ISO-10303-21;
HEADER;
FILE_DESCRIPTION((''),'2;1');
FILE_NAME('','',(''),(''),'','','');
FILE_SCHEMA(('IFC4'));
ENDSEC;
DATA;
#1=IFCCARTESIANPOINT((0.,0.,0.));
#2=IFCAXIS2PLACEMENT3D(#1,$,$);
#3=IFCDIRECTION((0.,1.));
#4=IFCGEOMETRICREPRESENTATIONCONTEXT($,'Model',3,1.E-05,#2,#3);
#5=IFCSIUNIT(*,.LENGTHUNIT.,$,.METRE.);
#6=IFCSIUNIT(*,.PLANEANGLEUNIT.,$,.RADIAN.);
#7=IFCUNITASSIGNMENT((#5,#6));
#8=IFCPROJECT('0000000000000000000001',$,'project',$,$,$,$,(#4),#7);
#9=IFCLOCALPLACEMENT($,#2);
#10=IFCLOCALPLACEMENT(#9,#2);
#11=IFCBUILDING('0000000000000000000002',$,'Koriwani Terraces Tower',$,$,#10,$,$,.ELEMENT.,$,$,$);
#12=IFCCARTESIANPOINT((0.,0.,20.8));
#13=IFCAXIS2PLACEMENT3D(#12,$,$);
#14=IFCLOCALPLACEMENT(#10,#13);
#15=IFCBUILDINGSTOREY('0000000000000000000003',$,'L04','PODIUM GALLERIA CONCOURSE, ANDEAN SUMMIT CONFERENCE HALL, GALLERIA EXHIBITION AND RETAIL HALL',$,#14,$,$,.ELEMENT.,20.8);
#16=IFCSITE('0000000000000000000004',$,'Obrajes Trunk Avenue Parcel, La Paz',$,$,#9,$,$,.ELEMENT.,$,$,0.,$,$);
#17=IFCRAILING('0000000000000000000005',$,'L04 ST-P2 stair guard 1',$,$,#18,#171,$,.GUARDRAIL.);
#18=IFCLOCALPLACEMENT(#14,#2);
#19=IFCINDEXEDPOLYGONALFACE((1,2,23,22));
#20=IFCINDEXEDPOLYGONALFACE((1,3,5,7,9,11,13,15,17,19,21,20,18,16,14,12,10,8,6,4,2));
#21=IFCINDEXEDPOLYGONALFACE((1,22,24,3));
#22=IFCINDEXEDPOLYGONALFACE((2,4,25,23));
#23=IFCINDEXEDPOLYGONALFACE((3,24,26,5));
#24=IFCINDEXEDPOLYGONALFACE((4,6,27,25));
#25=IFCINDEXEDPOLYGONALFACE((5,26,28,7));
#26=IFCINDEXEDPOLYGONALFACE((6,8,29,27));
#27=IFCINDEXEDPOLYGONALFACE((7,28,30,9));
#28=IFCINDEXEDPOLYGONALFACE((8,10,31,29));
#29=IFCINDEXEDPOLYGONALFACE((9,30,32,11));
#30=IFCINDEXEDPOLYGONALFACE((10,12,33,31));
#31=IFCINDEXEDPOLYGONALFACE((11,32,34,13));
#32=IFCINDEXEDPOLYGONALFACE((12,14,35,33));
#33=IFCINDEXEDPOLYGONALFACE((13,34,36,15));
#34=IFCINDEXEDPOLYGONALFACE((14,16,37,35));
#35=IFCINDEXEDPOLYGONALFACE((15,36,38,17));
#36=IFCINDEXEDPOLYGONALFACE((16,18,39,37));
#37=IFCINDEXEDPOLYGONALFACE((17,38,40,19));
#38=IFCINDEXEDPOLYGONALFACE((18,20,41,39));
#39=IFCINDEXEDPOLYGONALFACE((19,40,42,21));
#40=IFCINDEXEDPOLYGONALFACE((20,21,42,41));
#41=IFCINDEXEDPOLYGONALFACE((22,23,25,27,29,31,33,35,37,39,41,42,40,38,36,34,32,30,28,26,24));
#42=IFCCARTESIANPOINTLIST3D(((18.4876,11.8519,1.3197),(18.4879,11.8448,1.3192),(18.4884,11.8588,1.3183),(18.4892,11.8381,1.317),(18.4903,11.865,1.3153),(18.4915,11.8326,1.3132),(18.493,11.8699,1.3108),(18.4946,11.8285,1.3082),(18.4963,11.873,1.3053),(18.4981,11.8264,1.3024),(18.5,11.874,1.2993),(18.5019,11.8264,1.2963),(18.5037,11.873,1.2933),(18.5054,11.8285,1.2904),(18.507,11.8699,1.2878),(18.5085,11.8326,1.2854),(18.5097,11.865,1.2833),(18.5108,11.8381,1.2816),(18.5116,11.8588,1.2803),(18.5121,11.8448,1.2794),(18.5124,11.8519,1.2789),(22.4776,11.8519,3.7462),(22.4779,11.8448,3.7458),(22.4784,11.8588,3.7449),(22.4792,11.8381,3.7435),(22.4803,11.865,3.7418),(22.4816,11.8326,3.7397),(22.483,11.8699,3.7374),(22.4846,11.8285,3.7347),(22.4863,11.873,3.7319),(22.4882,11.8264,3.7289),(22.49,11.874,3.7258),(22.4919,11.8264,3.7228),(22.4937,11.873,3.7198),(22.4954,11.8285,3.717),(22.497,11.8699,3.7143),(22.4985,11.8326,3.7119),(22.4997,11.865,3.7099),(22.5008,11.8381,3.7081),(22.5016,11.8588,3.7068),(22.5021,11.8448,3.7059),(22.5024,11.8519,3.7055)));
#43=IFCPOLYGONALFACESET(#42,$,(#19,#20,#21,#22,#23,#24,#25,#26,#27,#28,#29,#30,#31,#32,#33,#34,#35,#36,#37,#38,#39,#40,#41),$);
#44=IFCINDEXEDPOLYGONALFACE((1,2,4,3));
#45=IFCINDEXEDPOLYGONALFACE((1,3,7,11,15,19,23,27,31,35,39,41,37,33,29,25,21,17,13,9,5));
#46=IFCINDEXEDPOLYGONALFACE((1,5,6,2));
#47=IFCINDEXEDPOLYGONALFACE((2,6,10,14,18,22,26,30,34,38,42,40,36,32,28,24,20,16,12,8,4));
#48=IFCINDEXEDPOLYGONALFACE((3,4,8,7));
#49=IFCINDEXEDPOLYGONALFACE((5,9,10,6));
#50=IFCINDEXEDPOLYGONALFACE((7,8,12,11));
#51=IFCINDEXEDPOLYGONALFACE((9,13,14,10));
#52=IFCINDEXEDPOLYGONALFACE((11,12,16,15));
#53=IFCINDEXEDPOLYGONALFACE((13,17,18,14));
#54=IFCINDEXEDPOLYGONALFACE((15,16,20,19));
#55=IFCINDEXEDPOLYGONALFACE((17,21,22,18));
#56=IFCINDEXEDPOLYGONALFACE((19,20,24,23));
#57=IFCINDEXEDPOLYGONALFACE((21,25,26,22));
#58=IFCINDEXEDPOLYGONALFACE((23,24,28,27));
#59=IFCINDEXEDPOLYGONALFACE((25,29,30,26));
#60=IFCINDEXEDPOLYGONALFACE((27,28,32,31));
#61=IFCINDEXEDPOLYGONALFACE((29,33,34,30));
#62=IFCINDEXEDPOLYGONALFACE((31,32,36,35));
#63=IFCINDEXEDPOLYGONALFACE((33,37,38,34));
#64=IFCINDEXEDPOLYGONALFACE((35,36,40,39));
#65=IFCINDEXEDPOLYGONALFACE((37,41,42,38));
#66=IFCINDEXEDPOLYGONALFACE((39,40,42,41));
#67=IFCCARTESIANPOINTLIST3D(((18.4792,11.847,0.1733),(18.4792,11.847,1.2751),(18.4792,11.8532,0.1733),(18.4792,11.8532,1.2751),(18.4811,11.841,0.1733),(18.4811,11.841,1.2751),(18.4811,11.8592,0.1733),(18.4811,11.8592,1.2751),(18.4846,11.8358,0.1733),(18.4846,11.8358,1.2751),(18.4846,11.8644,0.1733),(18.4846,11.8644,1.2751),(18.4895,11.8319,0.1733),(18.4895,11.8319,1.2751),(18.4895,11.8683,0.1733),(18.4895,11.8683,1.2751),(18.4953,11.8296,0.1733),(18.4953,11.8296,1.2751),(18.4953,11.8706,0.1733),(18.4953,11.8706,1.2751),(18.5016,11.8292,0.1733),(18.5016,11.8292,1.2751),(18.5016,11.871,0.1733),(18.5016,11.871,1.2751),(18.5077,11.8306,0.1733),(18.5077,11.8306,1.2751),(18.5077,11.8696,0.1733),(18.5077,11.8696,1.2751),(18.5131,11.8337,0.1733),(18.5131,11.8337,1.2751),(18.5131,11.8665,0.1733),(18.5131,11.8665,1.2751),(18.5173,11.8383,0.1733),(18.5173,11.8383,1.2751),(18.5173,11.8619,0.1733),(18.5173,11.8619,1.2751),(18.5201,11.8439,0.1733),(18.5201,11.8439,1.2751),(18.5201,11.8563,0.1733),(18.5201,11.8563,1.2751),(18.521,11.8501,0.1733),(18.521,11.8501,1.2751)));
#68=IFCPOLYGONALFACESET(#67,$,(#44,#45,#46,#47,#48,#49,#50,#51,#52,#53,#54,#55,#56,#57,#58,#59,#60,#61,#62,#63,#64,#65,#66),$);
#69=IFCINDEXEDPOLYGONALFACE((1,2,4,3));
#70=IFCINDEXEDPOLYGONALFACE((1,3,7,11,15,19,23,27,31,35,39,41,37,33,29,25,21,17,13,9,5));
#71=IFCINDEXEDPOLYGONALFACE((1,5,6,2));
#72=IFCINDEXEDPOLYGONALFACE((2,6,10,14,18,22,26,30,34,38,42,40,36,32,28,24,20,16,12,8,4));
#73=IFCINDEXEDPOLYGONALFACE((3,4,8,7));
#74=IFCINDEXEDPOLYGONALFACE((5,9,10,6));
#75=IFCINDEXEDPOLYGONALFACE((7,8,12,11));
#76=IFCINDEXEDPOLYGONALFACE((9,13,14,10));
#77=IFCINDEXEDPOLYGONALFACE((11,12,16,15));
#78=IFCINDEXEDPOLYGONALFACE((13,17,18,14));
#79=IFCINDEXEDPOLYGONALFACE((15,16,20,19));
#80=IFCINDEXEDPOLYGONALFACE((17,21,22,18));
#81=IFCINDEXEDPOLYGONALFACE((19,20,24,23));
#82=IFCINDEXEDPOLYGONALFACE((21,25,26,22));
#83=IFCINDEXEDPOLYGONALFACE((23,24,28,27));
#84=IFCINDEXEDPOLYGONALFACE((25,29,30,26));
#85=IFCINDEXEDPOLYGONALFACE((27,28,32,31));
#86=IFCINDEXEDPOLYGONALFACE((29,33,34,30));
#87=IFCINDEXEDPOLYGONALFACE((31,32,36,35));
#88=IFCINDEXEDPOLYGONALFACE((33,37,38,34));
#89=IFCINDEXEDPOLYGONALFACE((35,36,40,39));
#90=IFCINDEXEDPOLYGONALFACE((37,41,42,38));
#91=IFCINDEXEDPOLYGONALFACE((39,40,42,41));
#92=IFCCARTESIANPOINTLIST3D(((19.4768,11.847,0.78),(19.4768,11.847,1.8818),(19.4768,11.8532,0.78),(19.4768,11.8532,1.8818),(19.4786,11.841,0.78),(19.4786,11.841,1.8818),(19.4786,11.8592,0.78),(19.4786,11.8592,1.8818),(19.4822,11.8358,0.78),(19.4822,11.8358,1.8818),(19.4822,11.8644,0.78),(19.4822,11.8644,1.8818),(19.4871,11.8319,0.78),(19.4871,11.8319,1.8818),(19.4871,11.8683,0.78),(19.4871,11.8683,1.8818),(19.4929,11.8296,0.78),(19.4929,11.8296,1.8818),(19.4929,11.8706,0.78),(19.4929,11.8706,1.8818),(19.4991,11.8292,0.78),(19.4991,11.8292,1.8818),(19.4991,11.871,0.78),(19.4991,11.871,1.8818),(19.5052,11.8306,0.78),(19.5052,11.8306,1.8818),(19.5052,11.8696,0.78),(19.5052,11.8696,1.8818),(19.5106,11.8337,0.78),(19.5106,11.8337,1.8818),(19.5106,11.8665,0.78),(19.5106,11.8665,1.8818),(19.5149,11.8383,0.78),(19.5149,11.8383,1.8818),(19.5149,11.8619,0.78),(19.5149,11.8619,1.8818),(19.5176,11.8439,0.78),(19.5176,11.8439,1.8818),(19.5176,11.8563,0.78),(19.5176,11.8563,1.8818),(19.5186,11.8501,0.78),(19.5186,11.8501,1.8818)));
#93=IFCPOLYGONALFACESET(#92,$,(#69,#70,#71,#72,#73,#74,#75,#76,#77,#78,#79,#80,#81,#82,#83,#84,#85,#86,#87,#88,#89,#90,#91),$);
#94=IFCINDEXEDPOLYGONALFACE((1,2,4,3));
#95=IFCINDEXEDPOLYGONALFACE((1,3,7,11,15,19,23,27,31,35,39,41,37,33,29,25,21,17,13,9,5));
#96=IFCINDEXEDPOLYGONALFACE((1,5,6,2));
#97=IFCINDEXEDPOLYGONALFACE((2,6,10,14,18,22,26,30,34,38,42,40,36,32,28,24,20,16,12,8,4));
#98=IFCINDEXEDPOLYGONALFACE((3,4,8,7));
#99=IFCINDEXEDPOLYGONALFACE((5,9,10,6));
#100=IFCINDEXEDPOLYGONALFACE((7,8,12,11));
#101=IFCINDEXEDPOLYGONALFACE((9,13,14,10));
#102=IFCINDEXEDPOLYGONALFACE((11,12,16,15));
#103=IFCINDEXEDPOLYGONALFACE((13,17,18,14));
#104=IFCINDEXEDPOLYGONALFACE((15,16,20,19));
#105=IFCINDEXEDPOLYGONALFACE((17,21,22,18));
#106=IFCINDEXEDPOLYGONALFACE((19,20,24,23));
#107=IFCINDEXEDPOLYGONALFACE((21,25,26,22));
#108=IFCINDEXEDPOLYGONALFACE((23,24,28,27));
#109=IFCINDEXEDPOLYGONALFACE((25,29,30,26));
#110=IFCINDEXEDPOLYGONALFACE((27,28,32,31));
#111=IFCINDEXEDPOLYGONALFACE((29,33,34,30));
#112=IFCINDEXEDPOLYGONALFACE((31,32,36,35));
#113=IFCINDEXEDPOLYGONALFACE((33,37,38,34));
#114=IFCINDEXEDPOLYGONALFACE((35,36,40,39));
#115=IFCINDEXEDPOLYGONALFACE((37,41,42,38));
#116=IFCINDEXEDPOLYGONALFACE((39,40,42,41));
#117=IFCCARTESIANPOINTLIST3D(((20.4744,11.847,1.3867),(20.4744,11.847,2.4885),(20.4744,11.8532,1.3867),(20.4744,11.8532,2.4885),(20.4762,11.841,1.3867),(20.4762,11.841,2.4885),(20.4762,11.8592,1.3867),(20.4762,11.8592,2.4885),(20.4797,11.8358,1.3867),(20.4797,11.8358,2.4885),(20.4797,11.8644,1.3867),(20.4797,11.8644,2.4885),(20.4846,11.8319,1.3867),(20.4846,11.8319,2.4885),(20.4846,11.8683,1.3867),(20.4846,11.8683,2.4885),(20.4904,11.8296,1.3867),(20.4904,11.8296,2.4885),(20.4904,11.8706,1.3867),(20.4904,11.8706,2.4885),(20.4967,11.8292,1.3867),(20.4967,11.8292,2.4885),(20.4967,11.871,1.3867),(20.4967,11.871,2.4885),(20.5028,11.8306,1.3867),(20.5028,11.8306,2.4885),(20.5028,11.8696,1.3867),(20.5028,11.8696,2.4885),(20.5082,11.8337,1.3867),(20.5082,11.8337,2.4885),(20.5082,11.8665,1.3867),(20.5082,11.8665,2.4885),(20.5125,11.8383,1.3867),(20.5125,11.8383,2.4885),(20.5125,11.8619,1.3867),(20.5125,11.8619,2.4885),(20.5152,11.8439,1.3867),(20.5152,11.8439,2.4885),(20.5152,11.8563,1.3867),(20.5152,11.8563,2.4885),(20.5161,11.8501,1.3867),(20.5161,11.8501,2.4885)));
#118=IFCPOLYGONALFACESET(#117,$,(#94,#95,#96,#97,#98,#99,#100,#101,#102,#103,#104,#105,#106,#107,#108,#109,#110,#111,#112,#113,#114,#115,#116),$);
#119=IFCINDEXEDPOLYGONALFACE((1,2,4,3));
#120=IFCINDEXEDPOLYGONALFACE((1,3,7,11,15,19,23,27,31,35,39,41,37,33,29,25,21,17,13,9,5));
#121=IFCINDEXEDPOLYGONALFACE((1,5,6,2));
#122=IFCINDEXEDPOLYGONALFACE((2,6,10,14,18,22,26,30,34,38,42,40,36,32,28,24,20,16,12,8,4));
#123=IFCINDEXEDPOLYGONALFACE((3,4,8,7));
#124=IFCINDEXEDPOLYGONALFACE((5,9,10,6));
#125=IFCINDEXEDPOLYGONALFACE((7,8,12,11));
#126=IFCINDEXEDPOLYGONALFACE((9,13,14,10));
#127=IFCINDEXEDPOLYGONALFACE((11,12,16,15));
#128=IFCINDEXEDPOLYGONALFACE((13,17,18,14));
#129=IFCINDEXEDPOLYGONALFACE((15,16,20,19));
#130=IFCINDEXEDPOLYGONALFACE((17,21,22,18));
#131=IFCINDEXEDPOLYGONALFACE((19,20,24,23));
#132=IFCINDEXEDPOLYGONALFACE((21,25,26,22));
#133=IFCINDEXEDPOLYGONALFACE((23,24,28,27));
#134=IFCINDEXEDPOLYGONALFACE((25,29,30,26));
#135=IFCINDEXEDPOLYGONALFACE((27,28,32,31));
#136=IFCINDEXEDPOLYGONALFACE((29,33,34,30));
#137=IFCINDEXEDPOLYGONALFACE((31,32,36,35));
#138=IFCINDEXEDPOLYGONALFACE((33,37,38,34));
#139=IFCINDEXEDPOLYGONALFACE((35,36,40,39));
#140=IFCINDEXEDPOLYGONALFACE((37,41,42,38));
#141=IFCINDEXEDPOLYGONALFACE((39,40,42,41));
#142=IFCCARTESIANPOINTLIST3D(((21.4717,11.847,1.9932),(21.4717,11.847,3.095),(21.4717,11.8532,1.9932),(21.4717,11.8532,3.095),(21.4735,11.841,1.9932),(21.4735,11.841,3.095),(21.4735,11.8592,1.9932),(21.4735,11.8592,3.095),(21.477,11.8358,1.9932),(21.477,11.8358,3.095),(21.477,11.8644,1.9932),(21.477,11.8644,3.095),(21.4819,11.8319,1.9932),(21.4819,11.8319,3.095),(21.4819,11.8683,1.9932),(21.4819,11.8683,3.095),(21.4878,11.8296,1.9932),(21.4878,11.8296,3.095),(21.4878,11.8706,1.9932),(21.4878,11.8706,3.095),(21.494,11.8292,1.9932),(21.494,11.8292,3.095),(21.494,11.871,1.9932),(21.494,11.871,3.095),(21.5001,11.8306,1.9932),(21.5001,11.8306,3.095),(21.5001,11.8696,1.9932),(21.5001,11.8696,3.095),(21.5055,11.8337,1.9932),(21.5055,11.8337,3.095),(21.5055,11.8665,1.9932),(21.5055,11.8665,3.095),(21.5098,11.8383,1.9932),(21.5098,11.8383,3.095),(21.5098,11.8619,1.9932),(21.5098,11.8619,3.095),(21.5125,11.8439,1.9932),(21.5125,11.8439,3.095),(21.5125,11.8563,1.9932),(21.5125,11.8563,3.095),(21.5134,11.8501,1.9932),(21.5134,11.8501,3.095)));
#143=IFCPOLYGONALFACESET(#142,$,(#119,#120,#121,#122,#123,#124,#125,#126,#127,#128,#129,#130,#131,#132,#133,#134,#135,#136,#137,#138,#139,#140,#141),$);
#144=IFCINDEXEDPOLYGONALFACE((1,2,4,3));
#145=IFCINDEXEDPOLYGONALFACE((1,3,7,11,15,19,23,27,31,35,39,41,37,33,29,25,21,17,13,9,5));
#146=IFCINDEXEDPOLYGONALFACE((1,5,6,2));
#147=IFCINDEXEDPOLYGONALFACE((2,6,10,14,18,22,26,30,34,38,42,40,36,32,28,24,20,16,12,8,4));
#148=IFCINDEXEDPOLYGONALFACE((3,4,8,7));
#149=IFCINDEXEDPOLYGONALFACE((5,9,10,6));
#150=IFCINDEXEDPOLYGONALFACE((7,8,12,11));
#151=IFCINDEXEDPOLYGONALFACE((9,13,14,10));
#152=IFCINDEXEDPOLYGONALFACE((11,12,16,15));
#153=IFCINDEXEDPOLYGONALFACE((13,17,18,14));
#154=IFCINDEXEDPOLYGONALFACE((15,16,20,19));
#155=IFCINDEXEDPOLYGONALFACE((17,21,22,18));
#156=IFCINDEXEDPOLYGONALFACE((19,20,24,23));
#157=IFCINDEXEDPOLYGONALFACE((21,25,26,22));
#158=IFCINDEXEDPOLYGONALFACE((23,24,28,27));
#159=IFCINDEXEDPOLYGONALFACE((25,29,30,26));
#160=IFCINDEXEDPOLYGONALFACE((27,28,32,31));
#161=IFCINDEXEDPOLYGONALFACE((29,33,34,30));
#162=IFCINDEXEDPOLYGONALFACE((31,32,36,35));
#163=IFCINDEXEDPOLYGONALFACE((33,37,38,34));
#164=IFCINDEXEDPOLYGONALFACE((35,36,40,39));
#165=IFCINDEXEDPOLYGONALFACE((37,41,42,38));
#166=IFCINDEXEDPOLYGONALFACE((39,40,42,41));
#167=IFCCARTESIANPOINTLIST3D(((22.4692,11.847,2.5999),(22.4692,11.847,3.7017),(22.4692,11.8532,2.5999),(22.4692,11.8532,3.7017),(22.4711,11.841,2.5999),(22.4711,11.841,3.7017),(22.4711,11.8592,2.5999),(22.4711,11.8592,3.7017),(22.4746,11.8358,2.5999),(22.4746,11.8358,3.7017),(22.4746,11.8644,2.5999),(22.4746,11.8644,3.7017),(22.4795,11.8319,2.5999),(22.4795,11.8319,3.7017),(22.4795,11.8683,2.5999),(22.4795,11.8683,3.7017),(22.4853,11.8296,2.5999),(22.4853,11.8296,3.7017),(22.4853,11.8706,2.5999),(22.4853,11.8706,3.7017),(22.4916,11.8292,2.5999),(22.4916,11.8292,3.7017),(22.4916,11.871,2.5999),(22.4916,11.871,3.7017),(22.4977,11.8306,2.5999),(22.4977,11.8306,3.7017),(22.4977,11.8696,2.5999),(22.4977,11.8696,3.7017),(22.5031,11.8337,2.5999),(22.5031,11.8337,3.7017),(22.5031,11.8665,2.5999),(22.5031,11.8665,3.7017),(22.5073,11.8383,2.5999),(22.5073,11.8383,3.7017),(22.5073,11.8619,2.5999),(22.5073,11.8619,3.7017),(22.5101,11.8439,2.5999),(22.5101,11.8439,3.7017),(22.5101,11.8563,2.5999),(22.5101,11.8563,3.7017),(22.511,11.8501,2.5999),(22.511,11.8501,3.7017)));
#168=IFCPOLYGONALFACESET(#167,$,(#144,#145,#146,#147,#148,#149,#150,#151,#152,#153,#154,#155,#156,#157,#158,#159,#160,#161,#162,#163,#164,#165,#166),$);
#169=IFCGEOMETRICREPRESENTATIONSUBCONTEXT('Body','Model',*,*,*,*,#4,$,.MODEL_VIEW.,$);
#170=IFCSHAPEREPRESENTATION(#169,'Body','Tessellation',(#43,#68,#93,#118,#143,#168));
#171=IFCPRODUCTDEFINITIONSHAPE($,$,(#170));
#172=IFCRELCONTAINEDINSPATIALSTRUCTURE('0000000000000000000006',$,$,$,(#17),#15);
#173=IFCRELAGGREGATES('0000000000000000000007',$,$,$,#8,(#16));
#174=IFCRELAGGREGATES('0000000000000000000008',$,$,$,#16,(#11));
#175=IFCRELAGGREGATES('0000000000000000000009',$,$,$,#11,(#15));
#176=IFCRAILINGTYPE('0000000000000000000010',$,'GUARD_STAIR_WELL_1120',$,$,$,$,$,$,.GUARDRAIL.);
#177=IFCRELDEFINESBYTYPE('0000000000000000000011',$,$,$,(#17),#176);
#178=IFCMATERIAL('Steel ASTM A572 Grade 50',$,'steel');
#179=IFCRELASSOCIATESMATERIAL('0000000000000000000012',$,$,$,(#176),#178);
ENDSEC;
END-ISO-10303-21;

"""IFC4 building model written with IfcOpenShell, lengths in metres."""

from ifc_helpers import new_model, si_unit, direction, frame, origin, origin_2d, place, context, subcontext, project, spatial, circle, extrude, material, type_object, element, save


model = new_model("IFC4")

# Units and contexts
model_context = context("Model", 3, precision=1e-05, world=origin(), true_north=direction((0.0, 1.0)))
body_context = subcontext(model_context, "Body", "Model", "MODEL_VIEW")
ifc_project = project(units=[si_unit("LENGTHUNIT", "METRE"), si_unit("PLANEANGLEUNIT", "RADIAN")], contexts=[model_context])

# Site, building, storey
site_placement = place(None, origin())
site = spatial("IfcSite", under=ifc_project, at=site_placement, Name="Obrajes Trunk Avenue Parcel, La Paz", CompositionType="ELEMENT", RefElevation=0.0)
building_placement = place(site_placement, origin())
building = spatial("IfcBuilding", under=site, at=building_placement, Name="Koriwani Terraces Tower", CompositionType="ELEMENT")
storey_placement = place(building_placement, frame((0.0, 0.0, 20.8)))
storey = spatial("IfcBuildingStorey", under=building, at=storey_placement, Name="L04", Description="PODIUM GALLERIA CONCOURSE, ANDEAN SUMMIT CONFERENCE HALL, GALLERIA EXHIBITION AND RETAIL HALL", CompositionType="ELEMENT", Elevation=20.8)

# Shared definitions
ifc_material_1 = material(Name="Steel ASTM A572 Grade 50", Category="steel")

# Railing
railing_type_1 = type_object("IfcRailingType", Name="GUARD_STAIR_WELL_1120", PredefinedType="GUARDRAIL", material=ifc_material_1)
railing_1_placement = place(storey_placement, frame((18.5, 11.8501, 0.1733)))
element("IfcRailing", 1, at=railing_1_placement, inside=storey, type_object=railing_type_1, Name="L04 ST-P2 stair guard 1", PredefinedType="GUARDRAIL", context=body_context, shape_type="SweptSolid", body=[
    extrude(circle(Radius=0.0239, at=origin_2d()), frame((0.0, 0.0, 1.126), z_axis=(0.854405, 0.0, 0.519607), x_axis=(0.0, 1.0, 0.0)), (0.0, 0.0, 1.0), 4.6699),
    extrude(circle(Radius=0.021, at=origin_2d()), origin(), (0.0, 0.0, 1.0), 1.1018),
    extrude(circle(Radius=0.021, at=origin_2d()), frame((0.9976, 0.0, 0.6067)), (0.0, 0.0, 1.0), 1.1018),
    extrude(circle(Radius=0.021, at=origin_2d()), frame((1.9951, 0.0, 1.2134)), (0.0, 0.0, 1.0), 1.1018),
    extrude(circle(Radius=0.021, at=origin_2d()), frame((2.9924, 0.0, 1.8198)), (0.0, 0.0, 1.0), 1.1018),
    extrude(circle(Radius=0.021, at=origin_2d()), frame((3.99, 0.0, 2.4265)), (0.0, 0.0, 1.0), 1.1018),
])

save(model, "model.ifc")
